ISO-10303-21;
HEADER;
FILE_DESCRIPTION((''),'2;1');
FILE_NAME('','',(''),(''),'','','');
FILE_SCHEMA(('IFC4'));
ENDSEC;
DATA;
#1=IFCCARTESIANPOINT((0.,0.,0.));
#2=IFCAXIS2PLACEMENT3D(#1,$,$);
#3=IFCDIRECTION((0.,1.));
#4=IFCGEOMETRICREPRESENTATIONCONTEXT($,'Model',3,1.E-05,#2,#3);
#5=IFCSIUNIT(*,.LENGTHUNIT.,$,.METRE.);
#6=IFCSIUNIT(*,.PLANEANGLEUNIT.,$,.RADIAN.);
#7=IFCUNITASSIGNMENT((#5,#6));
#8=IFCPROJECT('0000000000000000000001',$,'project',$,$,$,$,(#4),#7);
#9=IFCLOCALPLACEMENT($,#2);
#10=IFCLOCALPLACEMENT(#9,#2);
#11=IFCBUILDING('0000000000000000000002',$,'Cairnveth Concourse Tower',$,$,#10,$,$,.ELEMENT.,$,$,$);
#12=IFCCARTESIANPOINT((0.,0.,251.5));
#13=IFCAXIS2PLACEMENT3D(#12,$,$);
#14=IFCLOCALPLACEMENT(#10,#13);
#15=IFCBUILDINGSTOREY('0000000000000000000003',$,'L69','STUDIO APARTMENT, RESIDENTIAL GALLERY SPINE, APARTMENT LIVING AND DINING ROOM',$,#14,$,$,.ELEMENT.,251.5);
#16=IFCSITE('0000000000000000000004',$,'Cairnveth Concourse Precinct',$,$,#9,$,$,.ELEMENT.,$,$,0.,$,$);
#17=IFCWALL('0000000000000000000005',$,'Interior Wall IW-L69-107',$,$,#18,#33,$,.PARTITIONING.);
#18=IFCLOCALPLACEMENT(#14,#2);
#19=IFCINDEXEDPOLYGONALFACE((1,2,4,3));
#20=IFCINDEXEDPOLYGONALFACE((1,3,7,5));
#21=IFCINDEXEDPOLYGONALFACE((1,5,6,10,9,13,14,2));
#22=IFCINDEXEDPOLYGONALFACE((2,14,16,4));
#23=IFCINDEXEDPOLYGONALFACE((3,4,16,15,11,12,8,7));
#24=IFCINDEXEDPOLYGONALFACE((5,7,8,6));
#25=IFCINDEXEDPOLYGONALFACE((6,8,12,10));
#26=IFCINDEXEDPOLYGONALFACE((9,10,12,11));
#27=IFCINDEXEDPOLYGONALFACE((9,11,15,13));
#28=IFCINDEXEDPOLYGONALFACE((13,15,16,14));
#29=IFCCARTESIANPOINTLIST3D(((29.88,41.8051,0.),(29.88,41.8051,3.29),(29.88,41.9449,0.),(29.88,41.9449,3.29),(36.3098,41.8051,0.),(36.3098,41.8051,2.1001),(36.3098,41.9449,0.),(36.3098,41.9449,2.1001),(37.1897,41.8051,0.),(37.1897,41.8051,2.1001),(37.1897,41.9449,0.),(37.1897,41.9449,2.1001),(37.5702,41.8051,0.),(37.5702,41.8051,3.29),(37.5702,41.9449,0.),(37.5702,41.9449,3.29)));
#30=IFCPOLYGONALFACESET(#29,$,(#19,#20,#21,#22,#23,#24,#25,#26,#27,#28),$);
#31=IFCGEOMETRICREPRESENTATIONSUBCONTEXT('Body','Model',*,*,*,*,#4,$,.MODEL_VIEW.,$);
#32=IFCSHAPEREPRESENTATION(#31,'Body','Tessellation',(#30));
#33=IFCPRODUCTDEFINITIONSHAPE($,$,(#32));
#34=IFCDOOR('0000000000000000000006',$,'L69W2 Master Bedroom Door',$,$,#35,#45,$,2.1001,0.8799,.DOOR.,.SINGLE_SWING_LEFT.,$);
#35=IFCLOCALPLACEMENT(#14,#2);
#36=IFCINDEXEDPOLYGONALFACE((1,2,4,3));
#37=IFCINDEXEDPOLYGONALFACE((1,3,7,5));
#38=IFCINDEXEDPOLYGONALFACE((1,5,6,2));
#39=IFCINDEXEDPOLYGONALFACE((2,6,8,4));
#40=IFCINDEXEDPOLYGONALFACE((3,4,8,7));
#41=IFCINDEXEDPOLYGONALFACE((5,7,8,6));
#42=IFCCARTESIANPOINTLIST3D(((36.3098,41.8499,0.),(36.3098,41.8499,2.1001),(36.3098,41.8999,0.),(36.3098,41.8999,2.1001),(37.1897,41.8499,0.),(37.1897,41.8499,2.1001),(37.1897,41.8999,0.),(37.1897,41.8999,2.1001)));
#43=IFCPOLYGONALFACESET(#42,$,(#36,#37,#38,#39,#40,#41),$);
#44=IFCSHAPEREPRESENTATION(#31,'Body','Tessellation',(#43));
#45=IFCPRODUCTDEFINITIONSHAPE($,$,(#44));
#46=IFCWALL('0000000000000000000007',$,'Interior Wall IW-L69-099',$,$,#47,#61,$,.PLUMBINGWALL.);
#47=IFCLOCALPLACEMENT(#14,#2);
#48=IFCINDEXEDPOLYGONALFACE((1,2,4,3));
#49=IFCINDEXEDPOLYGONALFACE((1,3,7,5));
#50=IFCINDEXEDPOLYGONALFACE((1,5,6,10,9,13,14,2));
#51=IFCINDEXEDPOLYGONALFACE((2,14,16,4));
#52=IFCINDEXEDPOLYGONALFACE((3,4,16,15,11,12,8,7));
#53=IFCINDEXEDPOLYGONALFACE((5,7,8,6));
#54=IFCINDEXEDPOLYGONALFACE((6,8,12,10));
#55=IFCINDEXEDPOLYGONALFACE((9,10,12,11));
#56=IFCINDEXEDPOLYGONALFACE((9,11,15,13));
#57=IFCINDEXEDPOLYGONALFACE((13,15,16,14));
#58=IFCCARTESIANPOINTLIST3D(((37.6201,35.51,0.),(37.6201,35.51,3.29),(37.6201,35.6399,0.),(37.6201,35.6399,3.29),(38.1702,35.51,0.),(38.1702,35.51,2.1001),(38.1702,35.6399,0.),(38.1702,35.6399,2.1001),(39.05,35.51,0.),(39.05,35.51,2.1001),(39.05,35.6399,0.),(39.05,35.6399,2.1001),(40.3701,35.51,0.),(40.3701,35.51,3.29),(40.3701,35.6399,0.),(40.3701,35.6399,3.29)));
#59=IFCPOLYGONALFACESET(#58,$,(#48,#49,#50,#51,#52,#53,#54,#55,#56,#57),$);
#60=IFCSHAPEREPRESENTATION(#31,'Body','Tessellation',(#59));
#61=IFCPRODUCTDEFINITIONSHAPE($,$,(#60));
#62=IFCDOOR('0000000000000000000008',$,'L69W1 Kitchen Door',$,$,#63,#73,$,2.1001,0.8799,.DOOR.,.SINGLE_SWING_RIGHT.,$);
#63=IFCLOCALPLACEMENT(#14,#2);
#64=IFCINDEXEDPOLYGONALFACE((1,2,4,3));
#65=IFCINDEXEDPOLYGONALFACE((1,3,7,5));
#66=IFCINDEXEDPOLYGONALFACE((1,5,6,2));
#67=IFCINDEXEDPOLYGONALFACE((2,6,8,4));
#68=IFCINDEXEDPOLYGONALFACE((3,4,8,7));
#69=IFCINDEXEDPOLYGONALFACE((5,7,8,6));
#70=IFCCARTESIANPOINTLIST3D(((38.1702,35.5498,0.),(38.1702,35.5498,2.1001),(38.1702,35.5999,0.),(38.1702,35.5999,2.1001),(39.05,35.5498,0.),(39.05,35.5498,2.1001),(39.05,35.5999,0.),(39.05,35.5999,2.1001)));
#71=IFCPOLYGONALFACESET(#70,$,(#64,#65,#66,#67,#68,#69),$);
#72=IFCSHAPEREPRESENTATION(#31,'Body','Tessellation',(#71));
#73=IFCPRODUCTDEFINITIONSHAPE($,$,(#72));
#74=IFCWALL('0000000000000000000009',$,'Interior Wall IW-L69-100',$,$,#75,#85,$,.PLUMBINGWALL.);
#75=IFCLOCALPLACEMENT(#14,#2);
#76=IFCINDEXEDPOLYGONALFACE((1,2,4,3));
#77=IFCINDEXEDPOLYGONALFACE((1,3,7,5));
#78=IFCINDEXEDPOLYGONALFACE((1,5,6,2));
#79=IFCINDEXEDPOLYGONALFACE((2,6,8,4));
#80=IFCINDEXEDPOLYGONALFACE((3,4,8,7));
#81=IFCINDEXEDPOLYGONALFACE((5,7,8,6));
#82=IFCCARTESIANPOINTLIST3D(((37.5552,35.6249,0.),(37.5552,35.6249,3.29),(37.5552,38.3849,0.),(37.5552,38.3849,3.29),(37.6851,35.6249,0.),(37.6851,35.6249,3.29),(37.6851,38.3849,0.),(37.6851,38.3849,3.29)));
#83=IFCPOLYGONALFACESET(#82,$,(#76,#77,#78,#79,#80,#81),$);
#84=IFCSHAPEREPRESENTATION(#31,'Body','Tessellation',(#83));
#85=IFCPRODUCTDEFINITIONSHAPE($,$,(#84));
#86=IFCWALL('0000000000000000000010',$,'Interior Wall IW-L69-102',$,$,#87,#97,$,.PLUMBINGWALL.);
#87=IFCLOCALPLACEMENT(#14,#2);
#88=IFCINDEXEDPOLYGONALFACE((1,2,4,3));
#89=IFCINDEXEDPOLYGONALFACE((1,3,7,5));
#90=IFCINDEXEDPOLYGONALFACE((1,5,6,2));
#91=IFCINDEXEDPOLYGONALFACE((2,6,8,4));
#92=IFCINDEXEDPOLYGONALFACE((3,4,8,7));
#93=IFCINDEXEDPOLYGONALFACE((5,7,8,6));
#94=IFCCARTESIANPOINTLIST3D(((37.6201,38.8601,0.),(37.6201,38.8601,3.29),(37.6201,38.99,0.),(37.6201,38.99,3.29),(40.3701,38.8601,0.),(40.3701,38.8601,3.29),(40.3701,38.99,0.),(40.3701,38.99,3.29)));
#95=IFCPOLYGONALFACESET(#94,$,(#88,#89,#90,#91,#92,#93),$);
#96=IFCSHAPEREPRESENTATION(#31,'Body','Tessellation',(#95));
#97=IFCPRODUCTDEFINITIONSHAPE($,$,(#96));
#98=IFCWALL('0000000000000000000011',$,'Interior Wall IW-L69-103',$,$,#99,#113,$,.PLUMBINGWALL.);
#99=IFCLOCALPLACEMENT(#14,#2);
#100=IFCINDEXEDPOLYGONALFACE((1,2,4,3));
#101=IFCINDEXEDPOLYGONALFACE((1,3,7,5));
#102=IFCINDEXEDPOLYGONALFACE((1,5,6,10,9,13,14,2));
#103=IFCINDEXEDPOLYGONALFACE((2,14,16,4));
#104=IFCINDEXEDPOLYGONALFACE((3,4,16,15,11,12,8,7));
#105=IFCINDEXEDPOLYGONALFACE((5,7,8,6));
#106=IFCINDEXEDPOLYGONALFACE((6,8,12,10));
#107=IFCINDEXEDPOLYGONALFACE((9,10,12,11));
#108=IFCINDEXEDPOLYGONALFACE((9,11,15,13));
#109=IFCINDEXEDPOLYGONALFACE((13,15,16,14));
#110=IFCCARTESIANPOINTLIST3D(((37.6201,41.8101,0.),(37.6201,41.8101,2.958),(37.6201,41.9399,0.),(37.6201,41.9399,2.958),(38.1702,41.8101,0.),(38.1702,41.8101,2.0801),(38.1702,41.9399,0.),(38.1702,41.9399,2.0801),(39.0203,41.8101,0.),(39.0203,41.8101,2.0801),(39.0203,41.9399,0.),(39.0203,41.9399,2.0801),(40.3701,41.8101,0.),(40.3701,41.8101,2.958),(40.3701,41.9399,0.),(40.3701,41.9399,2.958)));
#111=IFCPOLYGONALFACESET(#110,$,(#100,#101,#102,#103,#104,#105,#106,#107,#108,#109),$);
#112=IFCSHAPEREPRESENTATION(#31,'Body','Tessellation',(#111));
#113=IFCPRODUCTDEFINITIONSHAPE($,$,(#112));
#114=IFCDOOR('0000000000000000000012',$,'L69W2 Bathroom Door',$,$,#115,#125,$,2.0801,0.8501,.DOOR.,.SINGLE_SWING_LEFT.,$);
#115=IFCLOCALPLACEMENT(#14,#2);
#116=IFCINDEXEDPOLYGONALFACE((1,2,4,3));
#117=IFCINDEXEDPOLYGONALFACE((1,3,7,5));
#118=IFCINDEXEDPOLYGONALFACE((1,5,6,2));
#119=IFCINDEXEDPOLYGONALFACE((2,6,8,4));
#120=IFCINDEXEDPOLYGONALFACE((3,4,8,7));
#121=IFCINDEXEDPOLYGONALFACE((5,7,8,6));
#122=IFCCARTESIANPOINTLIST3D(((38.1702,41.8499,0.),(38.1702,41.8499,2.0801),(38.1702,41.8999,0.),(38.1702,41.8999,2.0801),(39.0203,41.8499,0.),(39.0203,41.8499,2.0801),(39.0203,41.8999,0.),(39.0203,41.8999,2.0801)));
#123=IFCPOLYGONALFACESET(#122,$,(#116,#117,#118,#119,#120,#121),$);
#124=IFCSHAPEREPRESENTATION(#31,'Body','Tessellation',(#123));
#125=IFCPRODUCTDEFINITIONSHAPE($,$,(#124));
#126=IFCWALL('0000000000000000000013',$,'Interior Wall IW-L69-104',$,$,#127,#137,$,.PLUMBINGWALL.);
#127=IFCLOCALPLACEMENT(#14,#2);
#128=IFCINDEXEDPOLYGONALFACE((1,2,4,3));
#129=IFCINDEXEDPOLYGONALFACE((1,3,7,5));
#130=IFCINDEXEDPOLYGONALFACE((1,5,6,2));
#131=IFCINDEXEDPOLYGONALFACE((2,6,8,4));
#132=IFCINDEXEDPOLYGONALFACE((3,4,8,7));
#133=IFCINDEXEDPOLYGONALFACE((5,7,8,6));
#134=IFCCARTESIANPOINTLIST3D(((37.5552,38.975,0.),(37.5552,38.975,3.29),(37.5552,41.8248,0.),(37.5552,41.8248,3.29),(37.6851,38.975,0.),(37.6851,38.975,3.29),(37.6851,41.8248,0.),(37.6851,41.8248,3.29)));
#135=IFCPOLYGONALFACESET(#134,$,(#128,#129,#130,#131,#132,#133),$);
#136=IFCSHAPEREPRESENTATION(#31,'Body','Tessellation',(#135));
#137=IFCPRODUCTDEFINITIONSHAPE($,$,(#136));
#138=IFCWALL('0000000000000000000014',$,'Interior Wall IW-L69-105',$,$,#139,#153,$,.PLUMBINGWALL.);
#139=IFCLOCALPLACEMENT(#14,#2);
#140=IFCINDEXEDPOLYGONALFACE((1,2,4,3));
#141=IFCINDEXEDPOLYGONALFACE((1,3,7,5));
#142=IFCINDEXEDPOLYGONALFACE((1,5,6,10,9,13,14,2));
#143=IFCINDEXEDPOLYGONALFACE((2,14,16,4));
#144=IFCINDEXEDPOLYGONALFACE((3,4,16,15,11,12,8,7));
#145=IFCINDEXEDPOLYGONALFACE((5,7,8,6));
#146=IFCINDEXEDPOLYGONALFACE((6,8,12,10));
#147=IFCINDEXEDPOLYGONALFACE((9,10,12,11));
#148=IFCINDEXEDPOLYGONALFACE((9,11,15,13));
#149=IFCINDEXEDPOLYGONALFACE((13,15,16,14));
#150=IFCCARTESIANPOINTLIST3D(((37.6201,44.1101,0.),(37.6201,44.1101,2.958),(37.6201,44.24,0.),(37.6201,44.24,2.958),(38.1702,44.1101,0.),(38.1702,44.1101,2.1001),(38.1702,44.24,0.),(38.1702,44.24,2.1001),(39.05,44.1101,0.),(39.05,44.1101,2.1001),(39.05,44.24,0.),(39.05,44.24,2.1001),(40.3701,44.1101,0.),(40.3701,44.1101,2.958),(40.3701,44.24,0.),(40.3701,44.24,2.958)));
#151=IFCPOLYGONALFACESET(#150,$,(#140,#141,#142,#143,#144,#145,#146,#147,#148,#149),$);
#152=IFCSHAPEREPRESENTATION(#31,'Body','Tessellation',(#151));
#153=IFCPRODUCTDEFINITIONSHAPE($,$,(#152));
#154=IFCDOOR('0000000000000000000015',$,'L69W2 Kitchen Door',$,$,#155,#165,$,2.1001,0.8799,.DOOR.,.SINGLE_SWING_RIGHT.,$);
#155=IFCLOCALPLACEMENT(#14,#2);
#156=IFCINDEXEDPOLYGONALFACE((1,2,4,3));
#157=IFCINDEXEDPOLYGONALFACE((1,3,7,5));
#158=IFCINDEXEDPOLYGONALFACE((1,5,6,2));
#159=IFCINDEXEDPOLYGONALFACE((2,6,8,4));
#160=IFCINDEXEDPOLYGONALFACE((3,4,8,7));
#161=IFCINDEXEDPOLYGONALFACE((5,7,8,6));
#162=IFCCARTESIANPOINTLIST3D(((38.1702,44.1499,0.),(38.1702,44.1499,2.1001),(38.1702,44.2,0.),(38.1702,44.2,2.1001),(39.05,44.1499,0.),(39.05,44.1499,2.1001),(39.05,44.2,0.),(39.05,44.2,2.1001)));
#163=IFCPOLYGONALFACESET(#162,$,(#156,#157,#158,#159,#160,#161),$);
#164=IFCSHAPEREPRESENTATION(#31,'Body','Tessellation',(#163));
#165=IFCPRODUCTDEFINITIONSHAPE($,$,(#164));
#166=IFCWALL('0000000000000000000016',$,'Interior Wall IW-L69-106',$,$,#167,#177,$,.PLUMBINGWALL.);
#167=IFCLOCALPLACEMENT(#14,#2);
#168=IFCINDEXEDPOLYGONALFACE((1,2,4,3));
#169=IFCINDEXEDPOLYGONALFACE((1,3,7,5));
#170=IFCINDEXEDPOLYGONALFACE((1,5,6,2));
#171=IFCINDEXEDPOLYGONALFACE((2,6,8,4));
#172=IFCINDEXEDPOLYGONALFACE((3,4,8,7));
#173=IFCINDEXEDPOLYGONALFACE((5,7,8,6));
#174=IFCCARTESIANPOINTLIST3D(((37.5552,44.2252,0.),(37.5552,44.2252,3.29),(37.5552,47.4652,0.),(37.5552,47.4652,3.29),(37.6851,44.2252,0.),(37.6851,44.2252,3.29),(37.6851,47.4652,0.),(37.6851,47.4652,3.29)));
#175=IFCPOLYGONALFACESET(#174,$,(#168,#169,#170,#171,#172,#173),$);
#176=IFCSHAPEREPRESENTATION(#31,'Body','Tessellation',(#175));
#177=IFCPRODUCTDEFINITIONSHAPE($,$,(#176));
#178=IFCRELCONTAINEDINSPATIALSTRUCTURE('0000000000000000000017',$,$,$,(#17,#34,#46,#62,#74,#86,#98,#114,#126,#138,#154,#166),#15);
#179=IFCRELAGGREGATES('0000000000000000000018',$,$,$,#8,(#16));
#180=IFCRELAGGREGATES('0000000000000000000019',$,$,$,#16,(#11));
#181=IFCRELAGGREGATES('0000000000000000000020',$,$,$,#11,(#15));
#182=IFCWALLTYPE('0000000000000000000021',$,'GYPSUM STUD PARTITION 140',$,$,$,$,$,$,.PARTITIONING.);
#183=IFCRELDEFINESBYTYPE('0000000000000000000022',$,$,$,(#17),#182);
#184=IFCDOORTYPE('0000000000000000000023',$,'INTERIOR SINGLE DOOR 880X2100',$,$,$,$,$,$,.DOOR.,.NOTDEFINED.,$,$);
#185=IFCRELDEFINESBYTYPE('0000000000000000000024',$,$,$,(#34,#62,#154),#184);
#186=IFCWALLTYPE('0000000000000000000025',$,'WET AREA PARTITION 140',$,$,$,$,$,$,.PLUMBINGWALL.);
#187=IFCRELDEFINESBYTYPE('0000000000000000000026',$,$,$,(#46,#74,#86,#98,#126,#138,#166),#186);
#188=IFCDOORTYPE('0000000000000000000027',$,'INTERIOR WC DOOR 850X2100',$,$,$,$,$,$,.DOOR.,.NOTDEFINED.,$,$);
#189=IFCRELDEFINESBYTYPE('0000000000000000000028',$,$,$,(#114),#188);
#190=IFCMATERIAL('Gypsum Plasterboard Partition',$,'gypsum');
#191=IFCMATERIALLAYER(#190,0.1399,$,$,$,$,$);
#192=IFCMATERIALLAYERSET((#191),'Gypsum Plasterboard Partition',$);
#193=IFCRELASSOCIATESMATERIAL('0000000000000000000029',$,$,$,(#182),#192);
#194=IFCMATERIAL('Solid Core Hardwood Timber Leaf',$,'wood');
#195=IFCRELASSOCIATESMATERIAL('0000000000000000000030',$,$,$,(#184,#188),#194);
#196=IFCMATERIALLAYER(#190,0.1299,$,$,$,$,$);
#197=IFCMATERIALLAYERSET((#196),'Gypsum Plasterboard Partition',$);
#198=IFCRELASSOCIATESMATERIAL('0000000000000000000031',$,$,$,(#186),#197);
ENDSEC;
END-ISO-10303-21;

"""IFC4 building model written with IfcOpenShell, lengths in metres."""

from ifc_helpers import new_model, si_unit, direction, frame, frame_2d, origin, place, context, subcontext, project, spatial, rectangle, extrude, material, layer, layer_set, type_object, element, fill, save


model = new_model("IFC4")

# Units and contexts
model_context = context("Model", 3, precision=1e-05, world=origin(), true_north=direction((0.0, 1.0)))
body_context = subcontext(model_context, "Body", "Model", "MODEL_VIEW")
ifc_project = project(units=[si_unit("LENGTHUNIT", "METRE"), si_unit("PLANEANGLEUNIT", "RADIAN")], contexts=[model_context])

# Site, building, storey
site_placement = place(None, origin())
site = spatial("IfcSite", under=ifc_project, at=site_placement, Name="Cairnveth Concourse Precinct", CompositionType="ELEMENT", RefElevation=0.0)
building_placement = place(site_placement, origin())
building = spatial("IfcBuilding", under=site, at=building_placement, Name="Cairnveth Concourse Tower", CompositionType="ELEMENT")
storey_placement = place(building_placement, frame((0.0, 0.0, 251.5)))
storey = spatial("IfcBuildingStorey", under=building, at=storey_placement, Name="L69", Description="STUDIO APARTMENT, RESIDENTIAL GALLERY SPINE, APARTMENT LIVING AND DINING ROOM", CompositionType="ELEMENT", Elevation=251.5)

# Shared definitions
ifc_material_1 = material(Name="Gypsum Plasterboard Partition", Category="gypsum")

# Walls, openings, doors
ifc_layer_1 = layer(ifc_material_1, 0.1399)
ifc_layer_set_1 = layer_set([ifc_layer_1], Name="Gypsum Plasterboard Partition")
wall_type_1 = type_object("IfcWallType", Name="GYPSUM STUD PARTITION 140", PredefinedType="PARTITIONING", material=ifc_layer_set_1)
wall_1_placement = place(storey_placement, frame((29.8799, 41.875, 0.0), z_axis=(0.0, 0.0, 1.0), x_axis=(1.0, 0.0, 0.0)))
wall_1 = element("IfcWall", 1, at=wall_1_placement, inside=storey, type_object=wall_type_1, Name="Interior Wall IW-L69-107", PredefinedType="PARTITIONING", context=body_context, shape_type="SweptSolid", body=[
    extrude(rectangle(XDim=7.6902, YDim=0.1399, at=frame_2d((3.8452, 0.0))), origin(), (0.0, 0.0, 1.0), 3.29),
])
opening_1_placement = place(wall_1_placement, frame((6.4299, 0.0, 0.0)))
opening_1 = element("IfcOpeningElement", 2, at=opening_1_placement, cuts=wall_1, PredefinedType="OPENING", context=body_context, shape_type="SweptSolid", body=[
    extrude(rectangle(XDim=0.8799, YDim=2.1001, at=frame_2d((0.4399, 1.05))), frame((0.0, 0.0798, 0.0), z_axis=(0.0, -1.0, 0.0), x_axis=(1.0, 0.0, 0.0)), (0.0, 0.0, 1.0), 0.1599),
])
ifc_material_2 = material(Name="Solid Core Hardwood Timber Leaf", Category="wood")
door_type_1 = type_object("IfcDoorType", Name="INTERIOR SINGLE DOOR 880X2100", OperationType="NOTDEFINED", PredefinedType="DOOR", material=ifc_material_2)
door_1_placement = place(opening_1_placement, origin())
door_1 = element("IfcDoor", 3, at=door_1_placement, inside=storey, type_object=door_type_1, Name="L69W2 Master Bedroom Door", OperationType="SINGLE_SWING_LEFT", OverallHeight=2.1001, OverallWidth=0.8799, PredefinedType="DOOR", context=body_context, shape_type="SweptSolid", body=[
    extrude(rectangle(XDim=0.8799, YDim=2.1001, at=frame_2d((0.4399, 1.05))), frame((0.0, 0.0249, 0.0), z_axis=(0.0, -1.0, 0.0), x_axis=(1.0, 0.0, 0.0)), (0.0, 0.0, 1.0), 0.05),
])
fill(opening_1, door_1)
ifc_layer_2 = layer(ifc_material_1, 0.1299)
ifc_layer_set_2 = layer_set([ifc_layer_2], Name="Gypsum Plasterboard Partition")
wall_type_2 = type_object("IfcWallType", Name="WET AREA PARTITION 140", PredefinedType="PLUMBINGWALL", material=ifc_layer_set_2)
wall_2_placement = place(storey_placement, frame((37.6201, 35.575, 0.0), z_axis=(0.0, 0.0, 1.0), x_axis=(1.0, 0.0, 0.0)))
wall_2 = element("IfcWall", 4, at=wall_2_placement, inside=storey, type_object=wall_type_2, Name="Interior Wall IW-L69-099", PredefinedType="PLUMBINGWALL", context=body_context, shape_type="SweptSolid", body=[
    extrude(rectangle(XDim=2.75, YDim=0.1299, at=frame_2d((1.375, 0.0))), origin(), (0.0, 0.0, 1.0), 3.29),
])
opening_2_placement = place(wall_2_placement, frame((0.55, 0.0, 0.0)))
opening_2 = element("IfcOpeningElement", 5, at=opening_2_placement, cuts=wall_2, PredefinedType="OPENING", context=body_context, shape_type="SweptSolid", body=[
    extrude(rectangle(XDim=0.8799, YDim=2.1001, at=frame_2d((0.4399, 1.05))), frame((0.0, 0.075, 0.0), z_axis=(0.0, -1.0, 0.0), x_axis=(1.0, 0.0, 0.0)), (0.0, 0.0, 1.0), 0.1499),
])
door_2_placement = place(opening_2_placement, origin())
door_2 = element("IfcDoor", 6, at=door_2_placement, inside=storey, type_object=door_type_1, Name="L69W1 Kitchen Door", OperationType="SINGLE_SWING_RIGHT", OverallHeight=2.1001, OverallWidth=0.8799, PredefinedType="DOOR", context=body_context, shape_type="SweptSolid", body=[
    extrude(rectangle(XDim=0.8799, YDim=2.1001, at=frame_2d((0.4399, 1.05))), frame((0.0, 0.0249, 0.0), z_axis=(0.0, -1.0, 0.0), x_axis=(1.0, 0.0, 0.0)), (0.0, 0.0, 1.0), 0.05),
])
fill(opening_2, door_2)

# Walls
wall_3_placement = place(storey_placement, frame((37.6201, 35.625, 0.0), z_axis=(0.0, 0.0, 1.0), x_axis=(0.0, 1.0, 0.0)))
element("IfcWall", 7, at=wall_3_placement, inside=storey, type_object=wall_type_2, Name="Interior Wall IW-L69-100", PredefinedType="PLUMBINGWALL", context=body_context, shape_type="SweptSolid", body=[
    extrude(rectangle(XDim=2.76, YDim=0.1299, at=frame_2d((1.3799, 0.0))), origin(), (0.0, 0.0, 1.0), 3.29),
])
wall_4_placement = place(storey_placement, frame((37.6201, 38.925, 0.0), z_axis=(0.0, 0.0, 1.0), x_axis=(1.0, 0.0, 0.0)))
element("IfcWall", 8, at=wall_4_placement, inside=storey, type_object=wall_type_2, Name="Interior Wall IW-L69-102", PredefinedType="PLUMBINGWALL", context=body_context, shape_type="SweptSolid", body=[
    extrude(rectangle(XDim=2.75, YDim=0.1299, at=frame_2d((1.375, 0.0))), origin(), (0.0, 0.0, 1.0), 3.29),
])

# Wall, opening, door
wall_5_placement = place(storey_placement, frame((37.6201, 41.875, 0.0), z_axis=(0.0, 0.0, 1.0), x_axis=(1.0, 0.0, 0.0)))
wall_5 = element("IfcWall", 9, at=wall_5_placement, inside=storey, type_object=wall_type_2, Name="Interior Wall IW-L69-103", PredefinedType="PLUMBINGWALL", context=body_context, shape_type="SweptSolid", body=[
    extrude(rectangle(XDim=2.75, YDim=0.1299, at=frame_2d((1.375, 0.0))), origin(), (0.0, 0.0, 1.0), 2.958),
])
opening_3_placement = place(wall_5_placement, frame((0.55, 0.0, 0.0)))
opening_3 = element("IfcOpeningElement", 10, at=opening_3_placement, cuts=wall_5, PredefinedType="OPENING", context=body_context, shape_type="SweptSolid", body=[
    extrude(rectangle(XDim=0.8501, YDim=2.0801, at=frame_2d((0.425, 1.04))), frame((0.0, 0.075, 0.0), z_axis=(0.0, -1.0, 0.0), x_axis=(1.0, 0.0, 0.0)), (0.0, 0.0, 1.0), 0.1499),
])
door_type_2 = type_object("IfcDoorType", Name="INTERIOR WC DOOR 850X2100", OperationType="NOTDEFINED", PredefinedType="DOOR", material=ifc_material_2)
door_3_placement = place(opening_3_placement, origin())
door_3 = element("IfcDoor", 11, at=door_3_placement, inside=storey, type_object=door_type_2, Name="L69W2 Bathroom Door", OperationType="SINGLE_SWING_LEFT", OverallHeight=2.0801, OverallWidth=0.8501, PredefinedType="DOOR", context=body_context, shape_type="SweptSolid", body=[
    extrude(rectangle(XDim=0.8501, YDim=2.0801, at=frame_2d((0.425, 1.04))), frame((0.0, 0.0249, 0.0), z_axis=(0.0, -1.0, 0.0), x_axis=(1.0, 0.0, 0.0)), (0.0, 0.0, 1.0), 0.05),
])
fill(opening_3, door_3)

# Wall
wall_6_placement = place(storey_placement, frame((37.6201, 38.9751, 0.0), z_axis=(0.0, 0.0, 1.0), x_axis=(0.0, 1.0, 0.0)))
element("IfcWall", 12, at=wall_6_placement, inside=storey, type_object=wall_type_2, Name="Interior Wall IW-L69-104", PredefinedType="PLUMBINGWALL", context=body_context, shape_type="SweptSolid", body=[
    extrude(rectangle(XDim=2.8499, YDim=0.1299, at=frame_2d((1.4248, 0.0))), origin(), (0.0, 0.0, 1.0), 3.29),
])

# Wall, opening, door
wall_7_placement = place(storey_placement, frame((37.6201, 44.175, 0.0), z_axis=(0.0, 0.0, 1.0), x_axis=(1.0, 0.0, 0.0)))
wall_7 = element("IfcWall", 13, at=wall_7_placement, inside=storey, type_object=wall_type_2, Name="Interior Wall IW-L69-105", PredefinedType="PLUMBINGWALL", context=body_context, shape_type="SweptSolid", body=[
    extrude(rectangle(XDim=2.75, YDim=0.1299, at=frame_2d((1.375, 0.0))), origin(), (0.0, 0.0, 1.0), 2.958),
])
opening_4_placement = place(wall_7_placement, frame((0.55, 0.0, 0.0)))
opening_4 = element("IfcOpeningElement", 14, at=opening_4_placement, cuts=wall_7, PredefinedType="OPENING", context=body_context, shape_type="SweptSolid", body=[
    extrude(rectangle(XDim=0.8799, YDim=2.1001, at=frame_2d((0.4399, 1.05))), frame((0.0, 0.075, 0.0), z_axis=(0.0, -1.0, 0.0), x_axis=(1.0, 0.0, 0.0)), (0.0, 0.0, 1.0), 0.1499),
])
door_4_placement = place(opening_4_placement, origin())
door_4 = element("IfcDoor", 15, at=door_4_placement, inside=storey, type_object=door_type_1, Name="L69W2 Kitchen Door", OperationType="SINGLE_SWING_RIGHT", OverallHeight=2.1001, OverallWidth=0.8799, PredefinedType="DOOR", context=body_context, shape_type="SweptSolid", body=[
    extrude(rectangle(XDim=0.8799, YDim=2.1001, at=frame_2d((0.4399, 1.05))), frame((0.0, 0.0249, 0.0), z_axis=(0.0, -1.0, 0.0), x_axis=(1.0, 0.0, 0.0)), (0.0, 0.0, 1.0), 0.05),
])
fill(opening_4, door_4)

# Wall
wall_8_placement = place(storey_placement, frame((37.6201, 44.2251, 0.0), z_axis=(0.0, 0.0, 1.0), x_axis=(0.0, 1.0, 0.0)))
element("IfcWall", 16, at=wall_8_placement, inside=storey, type_object=wall_type_2, Name="Interior Wall IW-L69-106", PredefinedType="PLUMBINGWALL", context=body_context, shape_type="SweptSolid", body=[
    extrude(rectangle(XDim=3.24, YDim=0.1299, at=frame_2d((1.6201, 0.0))), origin(), (0.0, 0.0, 1.0), 3.29),
])

save(model, "model.ifc")
